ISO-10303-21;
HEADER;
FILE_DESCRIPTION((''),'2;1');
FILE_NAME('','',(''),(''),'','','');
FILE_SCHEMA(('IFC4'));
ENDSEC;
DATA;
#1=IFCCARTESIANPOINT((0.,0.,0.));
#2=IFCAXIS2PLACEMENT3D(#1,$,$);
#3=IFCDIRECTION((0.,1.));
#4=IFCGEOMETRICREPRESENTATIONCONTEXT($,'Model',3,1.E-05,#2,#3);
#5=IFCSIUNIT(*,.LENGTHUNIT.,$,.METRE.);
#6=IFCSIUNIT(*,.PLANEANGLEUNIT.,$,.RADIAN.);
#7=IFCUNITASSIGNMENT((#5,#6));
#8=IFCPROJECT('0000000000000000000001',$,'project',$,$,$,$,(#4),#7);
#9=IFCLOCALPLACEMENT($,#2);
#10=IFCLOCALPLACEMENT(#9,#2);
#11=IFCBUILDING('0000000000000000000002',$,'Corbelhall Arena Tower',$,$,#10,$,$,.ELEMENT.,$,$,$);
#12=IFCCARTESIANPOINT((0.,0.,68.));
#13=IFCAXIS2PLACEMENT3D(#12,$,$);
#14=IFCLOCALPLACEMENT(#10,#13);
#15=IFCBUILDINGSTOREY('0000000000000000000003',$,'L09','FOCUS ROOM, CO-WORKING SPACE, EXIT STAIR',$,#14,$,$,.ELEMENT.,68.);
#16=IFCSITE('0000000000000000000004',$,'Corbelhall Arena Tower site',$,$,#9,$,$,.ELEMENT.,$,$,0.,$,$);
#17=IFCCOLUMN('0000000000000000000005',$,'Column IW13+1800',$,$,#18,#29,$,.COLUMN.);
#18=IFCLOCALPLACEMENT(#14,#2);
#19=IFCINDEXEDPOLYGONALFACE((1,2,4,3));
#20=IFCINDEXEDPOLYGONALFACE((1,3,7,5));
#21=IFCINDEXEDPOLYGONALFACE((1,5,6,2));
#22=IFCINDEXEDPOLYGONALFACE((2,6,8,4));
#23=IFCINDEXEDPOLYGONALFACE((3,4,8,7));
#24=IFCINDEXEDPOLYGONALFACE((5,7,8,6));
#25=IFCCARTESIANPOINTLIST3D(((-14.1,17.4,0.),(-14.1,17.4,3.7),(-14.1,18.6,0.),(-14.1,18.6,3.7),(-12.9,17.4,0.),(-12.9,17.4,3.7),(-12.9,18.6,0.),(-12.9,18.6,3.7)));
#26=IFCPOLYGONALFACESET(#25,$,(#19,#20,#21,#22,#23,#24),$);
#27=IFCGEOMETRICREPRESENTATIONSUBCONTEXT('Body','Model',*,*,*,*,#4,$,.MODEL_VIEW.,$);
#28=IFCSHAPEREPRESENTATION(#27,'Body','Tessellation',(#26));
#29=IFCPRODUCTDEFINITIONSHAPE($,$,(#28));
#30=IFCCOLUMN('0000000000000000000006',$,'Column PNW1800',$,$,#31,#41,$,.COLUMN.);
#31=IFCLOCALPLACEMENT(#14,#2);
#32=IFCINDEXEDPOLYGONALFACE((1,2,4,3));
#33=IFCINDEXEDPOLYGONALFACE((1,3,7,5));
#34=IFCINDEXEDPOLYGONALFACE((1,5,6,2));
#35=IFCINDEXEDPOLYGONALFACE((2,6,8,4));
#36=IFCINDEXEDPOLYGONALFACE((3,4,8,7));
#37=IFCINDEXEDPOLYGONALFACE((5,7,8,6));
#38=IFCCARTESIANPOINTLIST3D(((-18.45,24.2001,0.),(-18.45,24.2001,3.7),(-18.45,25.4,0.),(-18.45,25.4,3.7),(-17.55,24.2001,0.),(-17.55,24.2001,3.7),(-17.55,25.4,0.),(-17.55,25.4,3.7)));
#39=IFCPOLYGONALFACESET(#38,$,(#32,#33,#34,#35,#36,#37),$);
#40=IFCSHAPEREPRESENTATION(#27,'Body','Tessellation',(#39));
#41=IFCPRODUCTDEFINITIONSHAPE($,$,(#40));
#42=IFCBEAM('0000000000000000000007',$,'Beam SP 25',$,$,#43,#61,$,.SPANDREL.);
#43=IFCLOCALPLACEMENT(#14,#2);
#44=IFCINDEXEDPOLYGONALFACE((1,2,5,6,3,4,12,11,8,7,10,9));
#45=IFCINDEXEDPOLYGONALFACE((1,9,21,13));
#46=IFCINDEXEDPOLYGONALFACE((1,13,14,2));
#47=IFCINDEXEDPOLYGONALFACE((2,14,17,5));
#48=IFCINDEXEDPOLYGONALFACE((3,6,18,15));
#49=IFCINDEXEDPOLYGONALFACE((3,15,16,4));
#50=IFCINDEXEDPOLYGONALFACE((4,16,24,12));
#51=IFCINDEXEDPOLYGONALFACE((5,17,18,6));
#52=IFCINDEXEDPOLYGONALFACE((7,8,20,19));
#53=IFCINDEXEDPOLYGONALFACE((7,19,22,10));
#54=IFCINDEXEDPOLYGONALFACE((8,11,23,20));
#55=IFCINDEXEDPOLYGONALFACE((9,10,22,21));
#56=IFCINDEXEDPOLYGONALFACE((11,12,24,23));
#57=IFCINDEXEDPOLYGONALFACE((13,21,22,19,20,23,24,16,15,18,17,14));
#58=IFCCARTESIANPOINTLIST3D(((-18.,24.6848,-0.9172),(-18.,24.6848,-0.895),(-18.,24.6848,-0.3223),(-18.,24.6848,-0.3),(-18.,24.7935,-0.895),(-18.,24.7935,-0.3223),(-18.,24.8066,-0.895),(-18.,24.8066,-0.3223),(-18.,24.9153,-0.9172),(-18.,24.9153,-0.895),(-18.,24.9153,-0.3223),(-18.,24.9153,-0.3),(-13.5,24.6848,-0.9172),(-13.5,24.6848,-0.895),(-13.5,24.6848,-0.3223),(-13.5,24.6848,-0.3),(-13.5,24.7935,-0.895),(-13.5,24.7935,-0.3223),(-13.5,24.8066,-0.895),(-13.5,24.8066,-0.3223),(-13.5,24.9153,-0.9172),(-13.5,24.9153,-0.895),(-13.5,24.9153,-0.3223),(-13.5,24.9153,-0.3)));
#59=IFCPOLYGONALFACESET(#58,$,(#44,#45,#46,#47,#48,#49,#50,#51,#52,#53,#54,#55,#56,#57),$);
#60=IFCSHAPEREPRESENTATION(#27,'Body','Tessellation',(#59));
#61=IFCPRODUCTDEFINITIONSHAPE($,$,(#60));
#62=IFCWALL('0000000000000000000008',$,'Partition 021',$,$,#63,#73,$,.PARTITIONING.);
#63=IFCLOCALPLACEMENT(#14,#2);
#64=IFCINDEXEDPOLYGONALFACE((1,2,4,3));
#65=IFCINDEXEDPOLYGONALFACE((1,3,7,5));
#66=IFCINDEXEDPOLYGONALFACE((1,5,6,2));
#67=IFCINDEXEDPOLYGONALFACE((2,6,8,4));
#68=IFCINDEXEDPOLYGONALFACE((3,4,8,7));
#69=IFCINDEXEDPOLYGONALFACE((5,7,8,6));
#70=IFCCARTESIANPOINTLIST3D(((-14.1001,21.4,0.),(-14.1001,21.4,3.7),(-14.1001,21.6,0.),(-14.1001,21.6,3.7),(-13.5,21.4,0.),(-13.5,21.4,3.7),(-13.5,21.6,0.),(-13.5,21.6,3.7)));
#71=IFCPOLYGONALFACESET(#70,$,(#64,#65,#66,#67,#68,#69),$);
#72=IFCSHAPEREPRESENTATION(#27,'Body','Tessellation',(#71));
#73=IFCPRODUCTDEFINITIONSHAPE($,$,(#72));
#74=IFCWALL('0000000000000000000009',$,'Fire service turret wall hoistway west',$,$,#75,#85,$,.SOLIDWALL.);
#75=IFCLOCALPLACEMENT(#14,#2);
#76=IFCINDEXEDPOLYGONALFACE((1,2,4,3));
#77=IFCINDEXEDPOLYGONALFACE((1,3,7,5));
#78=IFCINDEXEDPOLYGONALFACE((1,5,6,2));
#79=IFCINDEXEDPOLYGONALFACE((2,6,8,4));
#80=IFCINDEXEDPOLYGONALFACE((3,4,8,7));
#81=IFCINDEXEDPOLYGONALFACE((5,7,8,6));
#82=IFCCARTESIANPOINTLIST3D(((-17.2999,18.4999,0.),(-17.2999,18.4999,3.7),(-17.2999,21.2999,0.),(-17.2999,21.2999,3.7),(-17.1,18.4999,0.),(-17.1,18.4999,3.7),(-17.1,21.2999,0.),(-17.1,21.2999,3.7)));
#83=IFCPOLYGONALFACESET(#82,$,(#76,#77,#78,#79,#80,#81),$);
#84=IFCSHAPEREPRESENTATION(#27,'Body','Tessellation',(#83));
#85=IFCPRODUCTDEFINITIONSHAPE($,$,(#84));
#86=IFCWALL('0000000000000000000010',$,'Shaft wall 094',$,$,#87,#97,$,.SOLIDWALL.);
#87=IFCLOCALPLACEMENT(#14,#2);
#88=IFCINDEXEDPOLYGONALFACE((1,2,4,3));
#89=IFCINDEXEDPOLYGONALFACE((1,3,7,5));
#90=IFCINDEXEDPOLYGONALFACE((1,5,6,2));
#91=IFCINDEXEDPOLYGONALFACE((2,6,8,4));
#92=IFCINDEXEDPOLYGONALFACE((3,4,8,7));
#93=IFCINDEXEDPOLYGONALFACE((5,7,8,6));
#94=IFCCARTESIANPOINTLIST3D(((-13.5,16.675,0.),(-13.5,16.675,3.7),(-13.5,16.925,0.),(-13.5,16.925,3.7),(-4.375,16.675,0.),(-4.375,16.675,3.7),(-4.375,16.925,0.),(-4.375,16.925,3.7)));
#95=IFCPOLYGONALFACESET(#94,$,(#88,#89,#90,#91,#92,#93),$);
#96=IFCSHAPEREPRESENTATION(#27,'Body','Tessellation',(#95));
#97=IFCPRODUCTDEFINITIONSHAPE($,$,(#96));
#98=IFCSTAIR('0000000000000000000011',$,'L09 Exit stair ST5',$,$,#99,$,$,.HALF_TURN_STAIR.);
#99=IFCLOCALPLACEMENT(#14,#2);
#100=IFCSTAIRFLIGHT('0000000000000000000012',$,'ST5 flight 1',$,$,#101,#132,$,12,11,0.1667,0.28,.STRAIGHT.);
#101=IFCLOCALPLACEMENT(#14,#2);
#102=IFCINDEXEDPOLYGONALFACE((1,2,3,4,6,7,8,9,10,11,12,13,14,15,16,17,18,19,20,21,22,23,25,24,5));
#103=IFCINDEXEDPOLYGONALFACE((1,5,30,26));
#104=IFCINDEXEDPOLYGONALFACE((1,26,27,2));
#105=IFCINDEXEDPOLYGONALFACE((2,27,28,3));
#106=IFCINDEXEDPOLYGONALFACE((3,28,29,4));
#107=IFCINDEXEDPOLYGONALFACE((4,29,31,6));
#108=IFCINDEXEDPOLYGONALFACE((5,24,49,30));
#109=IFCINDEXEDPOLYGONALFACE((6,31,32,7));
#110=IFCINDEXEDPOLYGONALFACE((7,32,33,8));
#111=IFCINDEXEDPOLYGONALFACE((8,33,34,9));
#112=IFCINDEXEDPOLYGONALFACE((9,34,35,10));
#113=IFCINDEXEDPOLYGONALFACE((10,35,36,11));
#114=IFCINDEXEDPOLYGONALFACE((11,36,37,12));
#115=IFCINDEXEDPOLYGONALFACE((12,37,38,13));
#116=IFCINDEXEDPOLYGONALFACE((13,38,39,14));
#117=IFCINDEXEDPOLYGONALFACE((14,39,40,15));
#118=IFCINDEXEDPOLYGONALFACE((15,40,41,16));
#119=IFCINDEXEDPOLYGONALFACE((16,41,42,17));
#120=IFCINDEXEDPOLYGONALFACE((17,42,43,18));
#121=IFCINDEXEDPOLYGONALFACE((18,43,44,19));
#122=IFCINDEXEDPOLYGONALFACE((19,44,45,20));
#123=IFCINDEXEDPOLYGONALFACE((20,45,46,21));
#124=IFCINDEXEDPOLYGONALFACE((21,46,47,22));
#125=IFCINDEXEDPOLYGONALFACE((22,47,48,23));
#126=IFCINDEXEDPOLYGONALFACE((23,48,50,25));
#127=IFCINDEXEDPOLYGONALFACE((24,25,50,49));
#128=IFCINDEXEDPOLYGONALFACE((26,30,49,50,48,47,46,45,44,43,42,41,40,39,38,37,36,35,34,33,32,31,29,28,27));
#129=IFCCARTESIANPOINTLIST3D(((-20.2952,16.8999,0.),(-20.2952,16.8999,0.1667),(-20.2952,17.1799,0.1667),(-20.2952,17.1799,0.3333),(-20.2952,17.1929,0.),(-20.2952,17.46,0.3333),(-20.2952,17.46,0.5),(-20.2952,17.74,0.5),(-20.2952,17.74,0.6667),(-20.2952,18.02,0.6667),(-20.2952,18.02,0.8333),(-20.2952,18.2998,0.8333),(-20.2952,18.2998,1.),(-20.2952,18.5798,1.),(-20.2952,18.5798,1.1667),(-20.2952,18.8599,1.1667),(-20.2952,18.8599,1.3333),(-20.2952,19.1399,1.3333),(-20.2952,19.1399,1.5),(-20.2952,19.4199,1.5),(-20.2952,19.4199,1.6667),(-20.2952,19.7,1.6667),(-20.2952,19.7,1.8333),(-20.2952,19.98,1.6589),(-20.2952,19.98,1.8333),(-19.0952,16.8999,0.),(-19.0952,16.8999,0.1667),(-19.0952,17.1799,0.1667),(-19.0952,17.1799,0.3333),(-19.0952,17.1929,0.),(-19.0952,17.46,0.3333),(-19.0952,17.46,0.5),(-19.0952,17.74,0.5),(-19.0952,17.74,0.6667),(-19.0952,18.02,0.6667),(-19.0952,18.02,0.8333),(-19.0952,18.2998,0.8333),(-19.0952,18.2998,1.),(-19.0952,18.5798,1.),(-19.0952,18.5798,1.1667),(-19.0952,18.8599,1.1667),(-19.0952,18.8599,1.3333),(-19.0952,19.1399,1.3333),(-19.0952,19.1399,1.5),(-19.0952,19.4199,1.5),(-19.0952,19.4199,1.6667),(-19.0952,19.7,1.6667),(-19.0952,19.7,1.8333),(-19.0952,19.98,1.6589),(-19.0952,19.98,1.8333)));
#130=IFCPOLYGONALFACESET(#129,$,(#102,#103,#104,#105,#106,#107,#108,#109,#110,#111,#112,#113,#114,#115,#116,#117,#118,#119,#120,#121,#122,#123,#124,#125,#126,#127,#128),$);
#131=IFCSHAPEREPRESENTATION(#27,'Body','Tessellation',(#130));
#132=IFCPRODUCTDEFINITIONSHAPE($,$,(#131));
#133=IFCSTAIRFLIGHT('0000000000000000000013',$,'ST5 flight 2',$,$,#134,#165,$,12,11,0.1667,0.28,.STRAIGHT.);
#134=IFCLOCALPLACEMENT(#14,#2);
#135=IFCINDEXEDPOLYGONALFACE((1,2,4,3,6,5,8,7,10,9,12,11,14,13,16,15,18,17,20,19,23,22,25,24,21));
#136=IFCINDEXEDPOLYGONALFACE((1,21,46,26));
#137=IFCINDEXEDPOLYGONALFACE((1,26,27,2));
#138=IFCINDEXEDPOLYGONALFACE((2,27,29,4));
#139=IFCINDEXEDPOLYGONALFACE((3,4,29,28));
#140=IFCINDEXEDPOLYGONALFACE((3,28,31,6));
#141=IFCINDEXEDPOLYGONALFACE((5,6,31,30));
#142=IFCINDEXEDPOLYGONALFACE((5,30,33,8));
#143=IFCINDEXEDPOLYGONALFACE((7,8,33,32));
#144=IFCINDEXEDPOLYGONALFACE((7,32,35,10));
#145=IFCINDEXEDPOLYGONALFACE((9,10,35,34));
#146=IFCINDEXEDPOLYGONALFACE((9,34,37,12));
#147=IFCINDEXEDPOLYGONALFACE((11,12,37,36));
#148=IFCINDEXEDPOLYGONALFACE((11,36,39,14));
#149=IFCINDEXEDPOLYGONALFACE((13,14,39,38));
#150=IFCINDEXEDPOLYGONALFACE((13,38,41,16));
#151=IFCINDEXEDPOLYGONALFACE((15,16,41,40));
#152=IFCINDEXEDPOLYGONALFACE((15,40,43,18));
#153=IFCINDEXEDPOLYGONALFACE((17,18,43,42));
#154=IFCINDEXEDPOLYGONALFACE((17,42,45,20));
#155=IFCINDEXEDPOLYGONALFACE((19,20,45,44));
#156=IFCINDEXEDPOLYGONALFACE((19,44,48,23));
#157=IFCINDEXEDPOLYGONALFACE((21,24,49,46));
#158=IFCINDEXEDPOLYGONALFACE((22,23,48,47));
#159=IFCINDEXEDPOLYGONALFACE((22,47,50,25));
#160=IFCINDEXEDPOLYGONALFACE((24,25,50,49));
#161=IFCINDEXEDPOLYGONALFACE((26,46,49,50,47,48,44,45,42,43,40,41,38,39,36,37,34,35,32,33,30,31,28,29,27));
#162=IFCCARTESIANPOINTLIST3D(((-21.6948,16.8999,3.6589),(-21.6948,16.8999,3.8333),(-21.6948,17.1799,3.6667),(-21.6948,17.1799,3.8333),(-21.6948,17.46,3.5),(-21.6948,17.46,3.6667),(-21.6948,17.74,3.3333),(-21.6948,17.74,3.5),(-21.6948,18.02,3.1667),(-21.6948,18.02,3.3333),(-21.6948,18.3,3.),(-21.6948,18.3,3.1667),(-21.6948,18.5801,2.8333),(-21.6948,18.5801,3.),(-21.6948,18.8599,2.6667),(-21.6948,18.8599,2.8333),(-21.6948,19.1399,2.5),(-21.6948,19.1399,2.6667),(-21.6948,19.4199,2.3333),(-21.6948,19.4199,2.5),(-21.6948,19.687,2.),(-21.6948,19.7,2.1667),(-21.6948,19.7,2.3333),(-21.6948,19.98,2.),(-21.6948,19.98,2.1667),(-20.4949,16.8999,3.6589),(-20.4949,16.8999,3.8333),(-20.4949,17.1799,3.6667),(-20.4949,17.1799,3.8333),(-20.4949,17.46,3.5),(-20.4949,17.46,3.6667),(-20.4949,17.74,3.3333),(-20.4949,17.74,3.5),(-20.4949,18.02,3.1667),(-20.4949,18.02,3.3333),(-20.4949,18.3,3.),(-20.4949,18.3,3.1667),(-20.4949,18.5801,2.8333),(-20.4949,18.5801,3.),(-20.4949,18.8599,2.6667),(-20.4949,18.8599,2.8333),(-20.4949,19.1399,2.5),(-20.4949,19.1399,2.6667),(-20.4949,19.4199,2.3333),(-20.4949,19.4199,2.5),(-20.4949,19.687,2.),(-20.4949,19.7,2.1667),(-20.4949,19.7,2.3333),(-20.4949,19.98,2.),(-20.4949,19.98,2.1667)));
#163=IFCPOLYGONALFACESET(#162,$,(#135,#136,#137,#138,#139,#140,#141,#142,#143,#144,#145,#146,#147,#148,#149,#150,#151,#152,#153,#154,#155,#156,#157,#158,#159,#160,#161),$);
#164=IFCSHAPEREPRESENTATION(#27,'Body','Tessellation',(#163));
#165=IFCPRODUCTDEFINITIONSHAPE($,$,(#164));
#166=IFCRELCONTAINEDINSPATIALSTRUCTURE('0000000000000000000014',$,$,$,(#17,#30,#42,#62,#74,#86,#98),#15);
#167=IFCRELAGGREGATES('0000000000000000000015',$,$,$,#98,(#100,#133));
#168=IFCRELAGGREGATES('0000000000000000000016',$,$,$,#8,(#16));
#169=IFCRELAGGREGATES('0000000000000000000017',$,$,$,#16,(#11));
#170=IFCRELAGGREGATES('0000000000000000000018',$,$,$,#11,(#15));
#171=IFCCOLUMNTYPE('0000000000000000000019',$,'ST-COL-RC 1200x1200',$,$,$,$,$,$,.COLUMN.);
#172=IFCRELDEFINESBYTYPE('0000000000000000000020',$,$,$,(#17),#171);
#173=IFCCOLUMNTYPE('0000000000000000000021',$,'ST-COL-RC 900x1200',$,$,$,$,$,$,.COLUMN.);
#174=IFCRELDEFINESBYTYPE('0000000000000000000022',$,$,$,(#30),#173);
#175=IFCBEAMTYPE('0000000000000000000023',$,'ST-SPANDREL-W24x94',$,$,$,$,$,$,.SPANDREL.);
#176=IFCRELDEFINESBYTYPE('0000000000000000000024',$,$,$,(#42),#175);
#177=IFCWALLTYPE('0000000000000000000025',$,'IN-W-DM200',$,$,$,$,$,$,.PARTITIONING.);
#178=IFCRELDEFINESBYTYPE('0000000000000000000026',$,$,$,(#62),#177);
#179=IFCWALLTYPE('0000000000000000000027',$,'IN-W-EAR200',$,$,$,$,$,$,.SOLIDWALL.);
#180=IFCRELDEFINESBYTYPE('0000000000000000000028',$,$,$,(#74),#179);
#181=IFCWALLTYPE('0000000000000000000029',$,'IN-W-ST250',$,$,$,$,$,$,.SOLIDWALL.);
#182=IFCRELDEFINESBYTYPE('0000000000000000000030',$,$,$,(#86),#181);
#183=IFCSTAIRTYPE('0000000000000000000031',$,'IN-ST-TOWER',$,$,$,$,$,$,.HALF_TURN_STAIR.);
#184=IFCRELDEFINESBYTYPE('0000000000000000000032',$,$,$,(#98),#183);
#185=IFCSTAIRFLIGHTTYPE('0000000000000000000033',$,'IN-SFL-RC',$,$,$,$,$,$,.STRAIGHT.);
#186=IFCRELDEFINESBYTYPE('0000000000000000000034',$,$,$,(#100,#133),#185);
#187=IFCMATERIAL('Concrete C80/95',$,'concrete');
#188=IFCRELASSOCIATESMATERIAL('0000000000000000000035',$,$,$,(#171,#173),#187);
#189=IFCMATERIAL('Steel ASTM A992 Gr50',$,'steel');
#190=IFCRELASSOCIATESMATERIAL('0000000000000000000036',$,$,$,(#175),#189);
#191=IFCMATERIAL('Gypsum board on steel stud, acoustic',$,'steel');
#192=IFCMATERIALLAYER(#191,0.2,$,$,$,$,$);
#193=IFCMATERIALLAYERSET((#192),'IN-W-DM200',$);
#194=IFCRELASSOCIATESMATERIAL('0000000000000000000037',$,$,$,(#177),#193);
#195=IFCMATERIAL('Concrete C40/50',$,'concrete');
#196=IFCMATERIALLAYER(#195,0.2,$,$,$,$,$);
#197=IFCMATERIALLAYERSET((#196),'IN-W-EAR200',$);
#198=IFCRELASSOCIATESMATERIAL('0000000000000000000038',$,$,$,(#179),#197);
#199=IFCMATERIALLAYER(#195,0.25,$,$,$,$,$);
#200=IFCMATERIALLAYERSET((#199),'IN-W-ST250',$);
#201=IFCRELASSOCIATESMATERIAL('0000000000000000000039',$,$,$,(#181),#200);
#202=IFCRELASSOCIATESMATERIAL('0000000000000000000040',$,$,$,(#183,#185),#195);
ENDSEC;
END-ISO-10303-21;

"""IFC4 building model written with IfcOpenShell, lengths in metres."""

from ifc_helpers import new_model, si_unit, direction, frame, frame_2d, origin, origin_2d, place, context, subcontext, project, spatial, polyline, rectangle, i_section, outline, extrude, material, layer, layer_set, material_profile, profile_set, type_object, element, aggregate, save


model = new_model("IFC4")

# Units and contexts
model_context = context("Model", 3, precision=1e-05, world=origin(), true_north=direction((0.0, 1.0)))
body_context = subcontext(model_context, "Body", "Model", "MODEL_VIEW")
ifc_project = project(units=[si_unit("LENGTHUNIT", "METRE"), si_unit("PLANEANGLEUNIT", "RADIAN")], contexts=[model_context])

# Site, building, storey
site_placement = place(None, origin())
site = spatial("IfcSite", under=ifc_project, at=site_placement, Name="Corbelhall Arena Tower site", CompositionType="ELEMENT", RefElevation=0.0)
building_placement = place(site_placement, origin())
building = spatial("IfcBuilding", under=site, at=building_placement, Name="Corbelhall Arena Tower", CompositionType="ELEMENT")
storey_placement = place(building_placement, frame((0.0, 0.0, 68.0)))
storey = spatial("IfcBuildingStorey", under=building, at=storey_placement, Name="L09", Description="FOCUS ROOM, CO-WORKING SPACE, EXIT STAIR", CompositionType="ELEMENT", Elevation=68.0)

# Columns
ifc_material_1 = material(Name="Concrete C80/95", Category="concrete")
ifc_material_profile_1 = material_profile(ifc_material_1, rectangle(XDim=1.2, YDim=1.2, at=origin_2d()))
ifc_profile_set_1 = profile_set([ifc_material_profile_1], Name="Concrete C80/95")
column_type_1 = type_object("IfcColumnType", Name="ST-COL-RC 1200x1200", PredefinedType="COLUMN", material=ifc_profile_set_1)
column_1_placement = place(storey_placement, frame((-13.5, 18.0, 0.0), z_axis=(0.0, 0.0, 1.0), x_axis=(1.0, 0.0, 0.0)))
element("IfcColumn", 1, at=column_1_placement, inside=storey, type_object=column_type_1, Name="Column IW13+1800", PredefinedType="COLUMN", context=body_context, shape_type="SweptSolid", body=[
    extrude(rectangle(XDim=1.2, YDim=1.2, at=origin_2d()), origin(), (0.0, 0.0, 1.0), 3.7),
])
ifc_material_profile_2 = material_profile(ifc_material_1, rectangle(XDim=0.8999, YDim=1.2, at=origin_2d()))
ifc_profile_set_2 = profile_set([ifc_material_profile_2], Name="Concrete C80/95")
column_type_2 = type_object("IfcColumnType", Name="ST-COL-RC 900x1200", PredefinedType="COLUMN", material=ifc_profile_set_2)
column_2_placement = place(storey_placement, frame((-18.0, 24.8, 0.0), z_axis=(0.0, 0.0, 1.0), x_axis=(1.0, 0.0, 0.0)))
element("IfcColumn", 2, at=column_2_placement, inside=storey, type_object=column_type_2, Name="Column PNW1800", PredefinedType="COLUMN", context=body_context, shape_type="SweptSolid", body=[
    extrude(rectangle(XDim=0.8999, YDim=1.2, at=origin_2d()), origin(), (0.0, 0.0, 1.0), 3.7),
])

# Beam
ifc_material_2 = material(Name="Steel ASTM A992 Gr50", Category="steel")
ifc_material_profile_3 = material_profile(ifc_material_2, i_section(OverallWidth=0.2305, OverallDepth=0.6172, WebThickness=0.0132, FlangeThickness=0.0222, at=origin_2d()))
ifc_profile_set_3 = profile_set([ifc_material_profile_3], Name="Steel ASTM A992 Gr50")
beam_type = type_object("IfcBeamType", Name="ST-SPANDREL-W24x94", PredefinedType="SPANDREL", material=ifc_profile_set_3)
beam_placement = place(storey_placement, frame((-18.0, 24.8, -0.6086), z_axis=(1.0, 0.0, 0.0), x_axis=(0.0, 1.0, 0.0)))
element("IfcBeam", 3, at=beam_placement, inside=storey, type_object=beam_type, Name="Beam SP 25", PredefinedType="SPANDREL", context=body_context, shape_type="SweptSolid", body=[
    extrude(i_section(OverallWidth=0.2305, OverallDepth=0.6172, WebThickness=0.0132, FlangeThickness=0.0222, at=origin_2d()), origin(), (0.0, 0.0, 1.0), 4.5),
])

# Wall
ifc_material_3 = material(Name="Gypsum board on steel stud, acoustic", Category="steel")
ifc_layer_1 = layer(ifc_material_3, 0.2)
ifc_layer_set_1 = layer_set([ifc_layer_1], Name="IN-W-DM200")
wall_type_1 = type_object("IfcWallType", Name="IN-W-DM200", PredefinedType="PARTITIONING", material=ifc_layer_set_1)
wall_1_placement = place(storey_placement, frame((-13.5, 21.5, 0.0), z_axis=(0.0, 0.0, 1.0), x_axis=(-1.0, 0.0, 0.0)))
element("IfcWall", 4, at=wall_1_placement, inside=storey, type_object=wall_type_1, Name="Partition 021", PredefinedType="PARTITIONING", context=body_context, shape_type="SweptSolid", body=[
    extrude(rectangle(XDim=0.6001, YDim=0.2, at=frame_2d((0.3, 0.0))), origin(), (0.0, 0.0, 1.0), 3.7),
])

# Wall
ifc_material_4 = material(Name="Concrete C40/50", Category="concrete")
ifc_layer_2 = layer(ifc_material_4, 0.2)
ifc_layer_set_2 = layer_set([ifc_layer_2], Name="IN-W-EAR200")
wall_type_2 = type_object("IfcWallType", Name="IN-W-EAR200", PredefinedType="SOLIDWALL", material=ifc_layer_set_2)
wall_2_placement = place(storey_placement, frame((-17.2, 18.5, 0.0), z_axis=(0.0, 0.0, 1.0), x_axis=(0.0, 1.0, 0.0)))
element("IfcWall", 5, at=wall_2_placement, inside=storey, type_object=wall_type_2, Name="Fire service turret wall hoistway west", PredefinedType="SOLIDWALL", context=body_context, shape_type="SweptSolid", body=[
    extrude(rectangle(XDim=2.8, YDim=0.2, at=frame_2d((1.3999, 0.0))), origin(), (0.0, 0.0, 1.0), 3.7),
])

# Wall
ifc_layer_3 = layer(ifc_material_4, 0.25)
ifc_layer_set_3 = layer_set([ifc_layer_3], Name="IN-W-ST250")
wall_type_3 = type_object("IfcWallType", Name="IN-W-ST250", PredefinedType="SOLIDWALL", material=ifc_layer_set_3)
wall_3_placement = place(storey_placement, frame((-13.5, 16.8, 0.0), z_axis=(0.0, 0.0, 1.0), x_axis=(1.0, 0.0, 0.0)))
element("IfcWall", 6, at=wall_3_placement, inside=storey, type_object=wall_type_3, Name="Shaft wall 094", PredefinedType="SOLIDWALL", context=body_context, shape_type="SweptSolid", body=[
    extrude(rectangle(XDim=9.125, YDim=0.25, at=frame_2d((4.5625, 0.0))), origin(), (0.0, 0.0, 1.0), 3.7),
])

# Stair, stair flights
stair_type = type_object("IfcStairType", Name="IN-ST-TOWER", PredefinedType="HALF_TURN_STAIR", material=ifc_material_4)
stair_placement = place(storey_placement, origin())
stair = element("IfcStair", 7, at=stair_placement, inside=storey, type_object=stair_type, Name="L09 Exit stair ST5", PredefinedType="HALF_TURN_STAIR")
stair_flight_type = type_object("IfcStairFlightType", Name="IN-SFL-RC", PredefinedType="STRAIGHT", material=ifc_material_4)
stair_flight_1_placement = place(storey_placement, frame((-19.6951, 16.8999, 0.0), z_axis=(0.0, 0.0, 1.0), x_axis=(0.0, 1.0, 0.0)))
stair_flight_1 = element("IfcStairFlight", 8, at=stair_flight_1_placement, type_object=stair_flight_type, Name="ST5 flight 1", NumberOfRisers=12, NumberOfTreads=11, PredefinedType="STRAIGHT", RiserHeight=0.1667, TreadLength=0.28, context=body_context, shape_type="SweptSolid", body=[
    extrude(outline(polyline([(0.0, 0.0), (0.0, 0.1667), (0.28, 0.1667), (0.28, 0.3333), (0.5601, 0.3333), (0.5601, 0.5), (0.8401, 0.5), (0.8401, 0.6667), (1.1201, 0.6667), (1.1201, 0.8333), (1.3999, 0.8333), (1.3999, 1.0), (1.6799, 1.0), (1.6799, 1.1667), (1.96, 1.1667), (1.96, 1.3333), (2.24, 1.3333), (2.24, 1.5), (2.52, 1.5), (2.52, 1.6667), (2.8, 1.6667), (2.8, 1.8333), (3.0801, 1.8333), (3.0801, 2.0), (3.0801, 1.6589), (0.293, 0.0), (0.0, 0.0)])), frame((0.0, 0.6001, 0.0), z_axis=(0.0, -1.0, 0.0), x_axis=(1.0, 0.0, 0.0)), (0.0, 0.0, 1.0), 1.2),
])
stair_flight_2_placement = place(storey_placement, frame((-21.095, 19.98, 2.0), z_axis=(0.0, 0.0, 1.0), x_axis=(0.0, -1.0, 0.0)))
stair_flight_2 = element("IfcStairFlight", 9, at=stair_flight_2_placement, type_object=stair_flight_type, Name="ST5 flight 2", NumberOfRisers=12, NumberOfTreads=11, PredefinedType="STRAIGHT", RiserHeight=0.1667, TreadLength=0.28, context=body_context, shape_type="SweptSolid", body=[
    extrude(outline(polyline([(0.0, 0.0), (0.0, 0.1667), (0.28, 0.1667), (0.28, 0.3333), (0.5601, 0.3333), (0.5601, 0.5), (0.8401, 0.5), (0.8401, 0.6667), (1.1201, 0.6667), (1.1201, 0.8333), (1.3999, 0.8333), (1.3999, 1.0), (1.6799, 1.0), (1.6799, 1.1667), (1.96, 1.1667), (1.96, 1.3333), (2.24, 1.3333), (2.24, 1.5), (2.52, 1.5), (2.52, 1.6667), (2.8, 1.6667), (2.8, 1.8333), (3.0801, 1.8333), (3.0801, 2.0), (3.0801, 1.6589), (0.293, 0.0), (0.0, 0.0)])), frame((0.0, 0.6001, 0.0), z_axis=(0.0, -1.0, 0.0), x_axis=(1.0, 0.0, 0.0)), (0.0, 0.0, 1.0), 1.2),
])
aggregate(stair, [stair_flight_1, stair_flight_2])

save(model, "model.ifc")
